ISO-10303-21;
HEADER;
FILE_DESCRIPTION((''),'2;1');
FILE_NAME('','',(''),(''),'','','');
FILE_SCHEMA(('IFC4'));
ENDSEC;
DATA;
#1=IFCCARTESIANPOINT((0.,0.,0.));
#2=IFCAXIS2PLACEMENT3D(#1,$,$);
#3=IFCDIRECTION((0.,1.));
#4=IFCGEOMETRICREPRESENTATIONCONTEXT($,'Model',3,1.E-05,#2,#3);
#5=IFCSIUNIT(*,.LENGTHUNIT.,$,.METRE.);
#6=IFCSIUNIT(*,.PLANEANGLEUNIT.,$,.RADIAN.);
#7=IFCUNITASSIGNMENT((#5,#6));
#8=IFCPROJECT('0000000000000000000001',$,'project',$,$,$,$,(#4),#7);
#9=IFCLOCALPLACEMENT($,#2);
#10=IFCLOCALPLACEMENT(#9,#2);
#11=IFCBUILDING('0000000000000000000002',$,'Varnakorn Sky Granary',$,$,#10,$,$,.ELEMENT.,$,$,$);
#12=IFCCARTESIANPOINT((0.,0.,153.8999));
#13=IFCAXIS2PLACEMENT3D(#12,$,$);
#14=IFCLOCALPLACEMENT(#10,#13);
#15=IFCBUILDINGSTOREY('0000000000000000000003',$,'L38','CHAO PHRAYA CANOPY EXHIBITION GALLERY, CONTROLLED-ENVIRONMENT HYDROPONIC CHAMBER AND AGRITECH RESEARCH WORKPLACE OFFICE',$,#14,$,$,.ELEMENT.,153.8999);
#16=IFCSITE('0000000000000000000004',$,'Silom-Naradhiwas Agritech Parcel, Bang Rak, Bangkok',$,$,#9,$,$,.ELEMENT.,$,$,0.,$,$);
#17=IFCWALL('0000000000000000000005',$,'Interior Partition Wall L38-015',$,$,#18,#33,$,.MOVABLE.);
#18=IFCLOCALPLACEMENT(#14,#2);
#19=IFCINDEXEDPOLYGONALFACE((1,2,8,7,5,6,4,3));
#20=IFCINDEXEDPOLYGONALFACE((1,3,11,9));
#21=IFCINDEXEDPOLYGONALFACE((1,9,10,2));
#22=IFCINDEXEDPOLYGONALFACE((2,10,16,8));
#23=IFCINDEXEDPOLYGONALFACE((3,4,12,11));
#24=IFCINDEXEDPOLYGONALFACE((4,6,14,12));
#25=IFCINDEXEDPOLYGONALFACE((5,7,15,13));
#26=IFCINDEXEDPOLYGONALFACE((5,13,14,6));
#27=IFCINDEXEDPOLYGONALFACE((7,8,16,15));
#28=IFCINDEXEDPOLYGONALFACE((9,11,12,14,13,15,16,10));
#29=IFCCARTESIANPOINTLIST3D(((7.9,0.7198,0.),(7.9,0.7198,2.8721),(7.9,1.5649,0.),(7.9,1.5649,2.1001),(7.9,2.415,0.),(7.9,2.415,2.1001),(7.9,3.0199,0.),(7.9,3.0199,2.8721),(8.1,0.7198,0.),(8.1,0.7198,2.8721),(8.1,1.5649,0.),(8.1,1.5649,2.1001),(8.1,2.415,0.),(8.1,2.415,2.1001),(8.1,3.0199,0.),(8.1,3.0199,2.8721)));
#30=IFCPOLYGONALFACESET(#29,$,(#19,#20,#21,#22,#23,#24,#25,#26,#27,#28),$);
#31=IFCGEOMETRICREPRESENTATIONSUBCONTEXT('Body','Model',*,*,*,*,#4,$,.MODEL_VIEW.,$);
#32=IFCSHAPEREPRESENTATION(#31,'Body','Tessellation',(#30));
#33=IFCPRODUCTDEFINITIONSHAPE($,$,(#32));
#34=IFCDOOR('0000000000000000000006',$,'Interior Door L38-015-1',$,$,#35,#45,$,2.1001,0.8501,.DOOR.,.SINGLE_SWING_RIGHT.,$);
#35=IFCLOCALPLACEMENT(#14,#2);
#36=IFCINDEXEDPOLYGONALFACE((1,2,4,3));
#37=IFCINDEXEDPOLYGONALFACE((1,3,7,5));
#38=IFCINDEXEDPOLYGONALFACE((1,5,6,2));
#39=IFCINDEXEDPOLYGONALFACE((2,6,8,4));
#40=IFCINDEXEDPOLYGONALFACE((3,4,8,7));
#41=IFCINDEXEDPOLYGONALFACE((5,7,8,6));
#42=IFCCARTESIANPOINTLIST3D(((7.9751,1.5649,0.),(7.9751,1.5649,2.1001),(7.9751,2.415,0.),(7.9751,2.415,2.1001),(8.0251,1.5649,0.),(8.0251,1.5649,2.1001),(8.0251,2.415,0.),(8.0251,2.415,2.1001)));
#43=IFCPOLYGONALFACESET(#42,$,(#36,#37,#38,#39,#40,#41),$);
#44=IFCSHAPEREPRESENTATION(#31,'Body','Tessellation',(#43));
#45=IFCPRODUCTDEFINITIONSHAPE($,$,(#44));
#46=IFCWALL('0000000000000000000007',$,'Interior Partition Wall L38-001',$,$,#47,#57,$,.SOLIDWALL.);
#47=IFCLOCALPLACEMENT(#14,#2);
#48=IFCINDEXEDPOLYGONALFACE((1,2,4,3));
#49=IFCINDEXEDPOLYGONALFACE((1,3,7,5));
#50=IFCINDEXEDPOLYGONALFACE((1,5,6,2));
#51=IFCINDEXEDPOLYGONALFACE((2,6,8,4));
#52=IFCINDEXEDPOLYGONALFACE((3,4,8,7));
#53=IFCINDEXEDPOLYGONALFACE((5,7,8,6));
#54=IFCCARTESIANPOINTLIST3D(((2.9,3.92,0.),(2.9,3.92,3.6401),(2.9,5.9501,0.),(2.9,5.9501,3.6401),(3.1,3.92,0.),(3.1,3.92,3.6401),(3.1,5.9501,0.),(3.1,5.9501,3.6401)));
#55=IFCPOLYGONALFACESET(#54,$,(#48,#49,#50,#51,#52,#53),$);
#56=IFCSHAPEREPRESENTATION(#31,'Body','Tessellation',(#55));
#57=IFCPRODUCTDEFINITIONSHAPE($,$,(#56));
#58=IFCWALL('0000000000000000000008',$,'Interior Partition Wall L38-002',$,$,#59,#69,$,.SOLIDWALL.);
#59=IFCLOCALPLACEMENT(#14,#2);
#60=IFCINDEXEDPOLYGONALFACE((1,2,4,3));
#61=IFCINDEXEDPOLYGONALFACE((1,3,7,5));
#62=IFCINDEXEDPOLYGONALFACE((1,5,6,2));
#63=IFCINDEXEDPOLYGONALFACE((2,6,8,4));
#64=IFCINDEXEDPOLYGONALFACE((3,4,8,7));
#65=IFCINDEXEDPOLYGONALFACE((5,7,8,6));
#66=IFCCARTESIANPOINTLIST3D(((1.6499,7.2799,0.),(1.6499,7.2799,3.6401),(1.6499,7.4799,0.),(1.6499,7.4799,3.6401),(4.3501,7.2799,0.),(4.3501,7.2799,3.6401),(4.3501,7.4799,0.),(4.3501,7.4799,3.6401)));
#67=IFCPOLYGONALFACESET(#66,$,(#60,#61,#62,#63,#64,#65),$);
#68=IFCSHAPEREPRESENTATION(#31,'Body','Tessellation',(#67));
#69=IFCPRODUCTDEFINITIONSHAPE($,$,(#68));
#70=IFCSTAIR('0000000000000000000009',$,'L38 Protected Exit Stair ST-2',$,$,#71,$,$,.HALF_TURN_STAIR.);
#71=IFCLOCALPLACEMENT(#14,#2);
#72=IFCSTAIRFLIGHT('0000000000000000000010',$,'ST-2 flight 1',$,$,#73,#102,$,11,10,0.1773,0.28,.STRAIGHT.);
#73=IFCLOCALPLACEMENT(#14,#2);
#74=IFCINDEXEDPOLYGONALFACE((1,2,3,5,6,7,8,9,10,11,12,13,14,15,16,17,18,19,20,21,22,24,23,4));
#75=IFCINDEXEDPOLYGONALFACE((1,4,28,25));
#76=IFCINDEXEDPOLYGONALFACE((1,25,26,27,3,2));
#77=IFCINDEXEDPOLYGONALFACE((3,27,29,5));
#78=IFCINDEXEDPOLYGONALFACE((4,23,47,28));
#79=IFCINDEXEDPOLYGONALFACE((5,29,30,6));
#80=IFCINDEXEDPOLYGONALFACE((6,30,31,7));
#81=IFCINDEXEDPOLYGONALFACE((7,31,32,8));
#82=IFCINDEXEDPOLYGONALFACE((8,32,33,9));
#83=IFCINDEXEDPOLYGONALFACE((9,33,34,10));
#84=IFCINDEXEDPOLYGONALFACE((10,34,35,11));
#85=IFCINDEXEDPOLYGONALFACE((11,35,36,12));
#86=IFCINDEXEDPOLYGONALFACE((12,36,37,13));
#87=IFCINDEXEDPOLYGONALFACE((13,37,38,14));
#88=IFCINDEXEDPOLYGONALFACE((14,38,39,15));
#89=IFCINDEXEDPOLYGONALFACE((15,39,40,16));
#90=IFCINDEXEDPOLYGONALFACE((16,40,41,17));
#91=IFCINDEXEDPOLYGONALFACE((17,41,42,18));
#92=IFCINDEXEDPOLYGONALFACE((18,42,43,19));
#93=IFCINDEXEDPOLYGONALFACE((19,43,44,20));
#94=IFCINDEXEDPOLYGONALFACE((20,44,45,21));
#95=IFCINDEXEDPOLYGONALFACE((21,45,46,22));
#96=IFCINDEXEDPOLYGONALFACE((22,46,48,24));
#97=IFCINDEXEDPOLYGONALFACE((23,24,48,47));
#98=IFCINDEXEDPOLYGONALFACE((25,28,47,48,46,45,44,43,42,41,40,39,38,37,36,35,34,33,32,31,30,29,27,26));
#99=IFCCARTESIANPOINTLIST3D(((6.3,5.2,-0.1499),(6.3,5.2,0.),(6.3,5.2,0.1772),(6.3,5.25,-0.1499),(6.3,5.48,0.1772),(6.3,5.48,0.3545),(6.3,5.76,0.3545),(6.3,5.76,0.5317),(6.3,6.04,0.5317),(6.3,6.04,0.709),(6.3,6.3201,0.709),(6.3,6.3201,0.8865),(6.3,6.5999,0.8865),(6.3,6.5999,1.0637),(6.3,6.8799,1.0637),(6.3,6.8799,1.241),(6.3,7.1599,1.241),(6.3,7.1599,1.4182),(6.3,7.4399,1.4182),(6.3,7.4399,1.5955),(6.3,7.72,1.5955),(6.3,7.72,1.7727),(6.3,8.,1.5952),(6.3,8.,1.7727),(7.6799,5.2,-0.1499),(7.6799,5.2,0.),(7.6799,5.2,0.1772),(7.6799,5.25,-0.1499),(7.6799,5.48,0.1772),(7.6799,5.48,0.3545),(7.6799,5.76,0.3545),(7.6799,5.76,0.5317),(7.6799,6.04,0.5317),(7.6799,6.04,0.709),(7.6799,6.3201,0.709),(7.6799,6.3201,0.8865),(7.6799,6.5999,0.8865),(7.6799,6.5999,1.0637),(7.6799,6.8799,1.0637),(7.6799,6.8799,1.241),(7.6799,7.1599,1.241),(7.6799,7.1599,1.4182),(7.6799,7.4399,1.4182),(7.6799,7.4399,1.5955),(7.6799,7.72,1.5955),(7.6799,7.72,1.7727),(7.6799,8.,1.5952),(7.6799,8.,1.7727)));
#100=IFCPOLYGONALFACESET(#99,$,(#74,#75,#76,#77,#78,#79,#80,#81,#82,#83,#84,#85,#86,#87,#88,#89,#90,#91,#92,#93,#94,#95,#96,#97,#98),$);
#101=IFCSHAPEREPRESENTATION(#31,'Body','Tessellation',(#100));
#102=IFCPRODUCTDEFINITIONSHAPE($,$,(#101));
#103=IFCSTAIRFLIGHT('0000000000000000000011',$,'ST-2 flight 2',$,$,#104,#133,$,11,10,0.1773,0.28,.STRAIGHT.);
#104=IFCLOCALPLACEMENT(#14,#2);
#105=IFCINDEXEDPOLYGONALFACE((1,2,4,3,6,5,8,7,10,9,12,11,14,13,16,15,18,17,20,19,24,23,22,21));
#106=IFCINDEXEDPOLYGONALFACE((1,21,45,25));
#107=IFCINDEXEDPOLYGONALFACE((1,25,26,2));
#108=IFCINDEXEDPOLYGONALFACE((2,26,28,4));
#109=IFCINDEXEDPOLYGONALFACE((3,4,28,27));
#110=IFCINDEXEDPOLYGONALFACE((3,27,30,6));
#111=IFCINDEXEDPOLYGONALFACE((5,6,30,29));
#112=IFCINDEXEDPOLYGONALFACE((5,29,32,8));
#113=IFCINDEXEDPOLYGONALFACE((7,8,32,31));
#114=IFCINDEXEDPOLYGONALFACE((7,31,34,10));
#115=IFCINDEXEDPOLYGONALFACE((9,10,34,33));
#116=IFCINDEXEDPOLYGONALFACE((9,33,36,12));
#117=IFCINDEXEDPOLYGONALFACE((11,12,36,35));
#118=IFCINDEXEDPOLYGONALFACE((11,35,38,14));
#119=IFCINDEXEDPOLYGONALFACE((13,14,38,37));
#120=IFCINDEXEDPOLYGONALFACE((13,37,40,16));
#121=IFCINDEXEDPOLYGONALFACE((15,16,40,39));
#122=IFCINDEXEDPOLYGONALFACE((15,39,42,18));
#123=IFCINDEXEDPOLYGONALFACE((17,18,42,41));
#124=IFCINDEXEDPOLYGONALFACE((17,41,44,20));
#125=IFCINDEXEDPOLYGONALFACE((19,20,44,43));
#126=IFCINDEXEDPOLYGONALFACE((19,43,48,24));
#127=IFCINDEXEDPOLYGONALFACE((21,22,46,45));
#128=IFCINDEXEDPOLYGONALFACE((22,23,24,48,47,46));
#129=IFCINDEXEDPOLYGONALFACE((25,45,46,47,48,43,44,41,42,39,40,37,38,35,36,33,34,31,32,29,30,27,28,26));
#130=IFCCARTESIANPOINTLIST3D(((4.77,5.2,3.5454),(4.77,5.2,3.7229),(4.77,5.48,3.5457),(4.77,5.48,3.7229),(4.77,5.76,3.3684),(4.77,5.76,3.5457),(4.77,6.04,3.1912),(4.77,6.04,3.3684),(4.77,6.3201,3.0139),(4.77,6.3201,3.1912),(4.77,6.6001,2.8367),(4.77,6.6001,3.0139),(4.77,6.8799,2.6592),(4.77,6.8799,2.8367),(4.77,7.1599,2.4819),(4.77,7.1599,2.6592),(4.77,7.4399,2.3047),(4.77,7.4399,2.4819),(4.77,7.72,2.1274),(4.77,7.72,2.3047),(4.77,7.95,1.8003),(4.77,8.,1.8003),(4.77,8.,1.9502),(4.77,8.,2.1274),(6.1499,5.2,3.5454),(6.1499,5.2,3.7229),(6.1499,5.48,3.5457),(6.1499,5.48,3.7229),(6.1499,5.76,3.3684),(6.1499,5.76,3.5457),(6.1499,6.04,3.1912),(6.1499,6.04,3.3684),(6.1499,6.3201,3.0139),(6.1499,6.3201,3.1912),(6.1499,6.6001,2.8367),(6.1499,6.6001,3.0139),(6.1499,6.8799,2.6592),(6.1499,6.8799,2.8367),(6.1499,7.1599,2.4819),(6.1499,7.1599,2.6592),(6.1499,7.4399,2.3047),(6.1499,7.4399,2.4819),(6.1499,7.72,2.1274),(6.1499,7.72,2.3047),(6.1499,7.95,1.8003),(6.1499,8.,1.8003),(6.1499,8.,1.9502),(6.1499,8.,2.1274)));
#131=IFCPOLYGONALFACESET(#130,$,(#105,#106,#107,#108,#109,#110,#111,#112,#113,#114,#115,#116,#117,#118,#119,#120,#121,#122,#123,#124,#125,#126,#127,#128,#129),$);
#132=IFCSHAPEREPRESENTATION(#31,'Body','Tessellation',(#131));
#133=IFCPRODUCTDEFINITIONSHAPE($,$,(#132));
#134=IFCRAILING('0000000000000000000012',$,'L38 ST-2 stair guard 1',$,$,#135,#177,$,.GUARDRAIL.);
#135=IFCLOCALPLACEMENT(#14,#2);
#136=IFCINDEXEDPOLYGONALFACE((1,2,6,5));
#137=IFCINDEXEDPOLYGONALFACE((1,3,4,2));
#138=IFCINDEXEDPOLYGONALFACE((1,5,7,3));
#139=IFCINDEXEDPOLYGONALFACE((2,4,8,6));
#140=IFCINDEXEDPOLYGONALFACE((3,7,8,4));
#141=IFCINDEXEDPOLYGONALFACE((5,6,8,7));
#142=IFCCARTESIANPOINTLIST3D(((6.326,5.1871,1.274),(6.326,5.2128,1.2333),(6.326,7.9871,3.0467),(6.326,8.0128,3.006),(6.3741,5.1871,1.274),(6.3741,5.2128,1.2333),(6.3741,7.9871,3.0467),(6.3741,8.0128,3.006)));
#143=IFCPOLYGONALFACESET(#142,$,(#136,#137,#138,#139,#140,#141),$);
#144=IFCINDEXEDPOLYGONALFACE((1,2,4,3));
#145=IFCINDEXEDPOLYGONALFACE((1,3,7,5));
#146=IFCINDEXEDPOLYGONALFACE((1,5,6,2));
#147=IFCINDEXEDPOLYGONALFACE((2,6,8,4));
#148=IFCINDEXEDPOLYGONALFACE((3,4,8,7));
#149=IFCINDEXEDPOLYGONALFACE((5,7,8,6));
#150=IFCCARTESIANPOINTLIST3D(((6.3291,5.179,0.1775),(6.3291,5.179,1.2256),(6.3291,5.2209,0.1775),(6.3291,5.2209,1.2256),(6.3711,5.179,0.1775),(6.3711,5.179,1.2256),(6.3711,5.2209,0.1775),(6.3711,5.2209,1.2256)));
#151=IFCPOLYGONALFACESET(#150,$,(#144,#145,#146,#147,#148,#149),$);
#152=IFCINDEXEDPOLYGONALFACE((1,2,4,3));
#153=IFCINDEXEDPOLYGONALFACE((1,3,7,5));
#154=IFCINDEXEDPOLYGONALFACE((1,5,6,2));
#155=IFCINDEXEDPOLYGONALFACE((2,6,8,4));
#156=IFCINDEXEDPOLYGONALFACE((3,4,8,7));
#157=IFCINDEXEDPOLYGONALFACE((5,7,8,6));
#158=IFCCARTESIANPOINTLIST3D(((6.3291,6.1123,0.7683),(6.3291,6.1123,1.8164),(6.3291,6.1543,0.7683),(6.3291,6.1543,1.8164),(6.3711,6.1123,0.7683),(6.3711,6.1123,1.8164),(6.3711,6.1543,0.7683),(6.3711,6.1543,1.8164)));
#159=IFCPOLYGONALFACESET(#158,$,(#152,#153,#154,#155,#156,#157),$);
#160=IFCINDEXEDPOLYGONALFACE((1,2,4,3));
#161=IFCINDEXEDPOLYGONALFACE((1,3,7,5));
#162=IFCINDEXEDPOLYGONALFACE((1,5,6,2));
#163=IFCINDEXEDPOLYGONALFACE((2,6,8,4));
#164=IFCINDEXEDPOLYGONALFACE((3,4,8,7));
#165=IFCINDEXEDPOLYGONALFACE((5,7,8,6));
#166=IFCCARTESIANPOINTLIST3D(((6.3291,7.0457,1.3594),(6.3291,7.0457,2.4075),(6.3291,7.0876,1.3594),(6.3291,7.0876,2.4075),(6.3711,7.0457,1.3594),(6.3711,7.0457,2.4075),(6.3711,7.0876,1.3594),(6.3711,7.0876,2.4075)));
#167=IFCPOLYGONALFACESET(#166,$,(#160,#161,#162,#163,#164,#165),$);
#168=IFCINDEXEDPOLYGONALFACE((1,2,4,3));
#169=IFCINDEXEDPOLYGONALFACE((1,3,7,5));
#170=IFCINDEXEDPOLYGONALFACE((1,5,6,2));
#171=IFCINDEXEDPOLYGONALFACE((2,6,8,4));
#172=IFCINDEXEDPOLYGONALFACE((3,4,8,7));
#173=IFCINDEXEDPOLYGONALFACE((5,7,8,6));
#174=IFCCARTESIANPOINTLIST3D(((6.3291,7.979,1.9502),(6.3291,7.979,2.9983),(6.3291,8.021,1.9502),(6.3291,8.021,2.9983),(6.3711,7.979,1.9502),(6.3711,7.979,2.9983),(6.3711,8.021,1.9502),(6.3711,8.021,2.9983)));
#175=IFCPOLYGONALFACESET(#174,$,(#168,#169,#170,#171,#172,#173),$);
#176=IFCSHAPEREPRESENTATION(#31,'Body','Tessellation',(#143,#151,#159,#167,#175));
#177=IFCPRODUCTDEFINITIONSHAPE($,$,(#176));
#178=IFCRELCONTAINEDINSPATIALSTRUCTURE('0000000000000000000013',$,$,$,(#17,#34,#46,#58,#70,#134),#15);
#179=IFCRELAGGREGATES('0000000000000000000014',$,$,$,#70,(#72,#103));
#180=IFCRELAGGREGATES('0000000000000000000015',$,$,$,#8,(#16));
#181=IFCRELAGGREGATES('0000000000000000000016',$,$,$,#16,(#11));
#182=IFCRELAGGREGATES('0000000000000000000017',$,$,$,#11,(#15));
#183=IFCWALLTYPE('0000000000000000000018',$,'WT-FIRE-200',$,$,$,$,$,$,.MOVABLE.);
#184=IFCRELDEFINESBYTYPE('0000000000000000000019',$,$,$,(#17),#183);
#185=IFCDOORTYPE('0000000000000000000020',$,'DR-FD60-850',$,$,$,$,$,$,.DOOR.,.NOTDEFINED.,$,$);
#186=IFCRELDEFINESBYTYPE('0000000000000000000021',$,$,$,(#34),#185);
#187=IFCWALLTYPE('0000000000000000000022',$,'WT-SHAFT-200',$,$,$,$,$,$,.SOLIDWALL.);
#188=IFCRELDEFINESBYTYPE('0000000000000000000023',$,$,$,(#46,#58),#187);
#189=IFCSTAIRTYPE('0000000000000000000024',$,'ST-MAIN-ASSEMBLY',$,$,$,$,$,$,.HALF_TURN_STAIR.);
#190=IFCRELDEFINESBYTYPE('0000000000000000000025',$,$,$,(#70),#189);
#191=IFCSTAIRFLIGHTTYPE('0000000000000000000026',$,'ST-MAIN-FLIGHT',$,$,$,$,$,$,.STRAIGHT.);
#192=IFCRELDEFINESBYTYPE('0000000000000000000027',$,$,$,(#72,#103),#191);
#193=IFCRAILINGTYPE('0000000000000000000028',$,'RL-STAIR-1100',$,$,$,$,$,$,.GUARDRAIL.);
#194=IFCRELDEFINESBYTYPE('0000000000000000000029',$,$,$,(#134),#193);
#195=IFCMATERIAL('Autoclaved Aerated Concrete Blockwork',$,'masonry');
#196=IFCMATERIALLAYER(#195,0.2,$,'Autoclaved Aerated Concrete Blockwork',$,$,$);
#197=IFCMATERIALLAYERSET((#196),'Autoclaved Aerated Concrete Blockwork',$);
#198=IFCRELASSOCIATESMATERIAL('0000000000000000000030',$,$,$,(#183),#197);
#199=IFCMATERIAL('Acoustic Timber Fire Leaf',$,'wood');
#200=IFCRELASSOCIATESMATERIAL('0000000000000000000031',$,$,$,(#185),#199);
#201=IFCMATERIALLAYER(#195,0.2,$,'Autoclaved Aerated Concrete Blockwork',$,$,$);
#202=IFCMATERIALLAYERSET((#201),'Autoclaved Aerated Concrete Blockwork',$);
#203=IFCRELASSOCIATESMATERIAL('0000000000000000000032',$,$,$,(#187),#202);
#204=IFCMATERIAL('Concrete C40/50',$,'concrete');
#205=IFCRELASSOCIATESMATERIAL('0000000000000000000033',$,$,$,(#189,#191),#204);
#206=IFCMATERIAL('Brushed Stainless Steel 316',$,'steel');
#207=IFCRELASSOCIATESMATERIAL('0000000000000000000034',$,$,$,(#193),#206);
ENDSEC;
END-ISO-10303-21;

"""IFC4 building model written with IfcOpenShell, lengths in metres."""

from ifc_helpers import new_model, si_unit, direction, frame, frame_2d, origin, origin_2d, place, context, subcontext, project, spatial, polyline, rectangle, outline, extrude, material, layer, layer_set, type_object, element, fill, aggregate, save


model = new_model("IFC4")

# Units and contexts
model_context = context("Model", 3, precision=1e-05, world=origin(), true_north=direction((0.0, 1.0)))
body_context = subcontext(model_context, "Body", "Model", "MODEL_VIEW")
ifc_project = project(units=[si_unit("LENGTHUNIT", "METRE"), si_unit("PLANEANGLEUNIT", "RADIAN")], contexts=[model_context])

# Site, building, storey
site_placement = place(None, origin())
site = spatial("IfcSite", under=ifc_project, at=site_placement, Name="Silom-Naradhiwas Agritech Parcel, Bang Rak, Bangkok", CompositionType="ELEMENT", RefElevation=0.0)
building_placement = place(site_placement, origin())
building = spatial("IfcBuilding", under=site, at=building_placement, Name="Varnakorn Sky Granary", CompositionType="ELEMENT")
storey_placement = place(building_placement, frame((0.0, 0.0, 153.8999)))
storey = spatial("IfcBuildingStorey", under=building, at=storey_placement, Name="L38", Description="CHAO PHRAYA CANOPY EXHIBITION GALLERY, CONTROLLED-ENVIRONMENT HYDROPONIC CHAMBER AND AGRITECH RESEARCH WORKPLACE OFFICE", CompositionType="ELEMENT", Elevation=153.8999)

# Wall, opening, door
ifc_material_1 = material(Name="Autoclaved Aerated Concrete Blockwork", Category="masonry")
ifc_layer_1 = layer(ifc_material_1, 0.2, Name="Autoclaved Aerated Concrete Blockwork")
ifc_layer_set_1 = layer_set([ifc_layer_1], Name="Autoclaved Aerated Concrete Blockwork")
wall_type_1 = type_object("IfcWallType", Name="WT-FIRE-200", PredefinedType="MOVABLE", material=ifc_layer_set_1)
ifc_material_2 = material(Name="Acoustic Timber Fire Leaf", Category="wood")
wall_1_placement = place(storey_placement, frame((8.0, 0.72, 0.0), z_axis=(0.0, 0.0, 1.0), x_axis=(0.0, 1.0, 0.0)))
wall_1 = element("IfcWall", 1, at=wall_1_placement, inside=storey, type_object=wall_type_1, Name="Interior Partition Wall L38-015", PredefinedType="MOVABLE", context=body_context, shape_type="SweptSolid", body=[
    extrude(rectangle(XDim=2.3, YDim=0.2, at=frame_2d((1.1499, 0.0))), origin(), (0.0, 0.0, 1.0), 2.8721),
])
opening_1_placement = place(wall_1_placement, frame((0.845, 0.0, 0.0)))
opening_1 = element("IfcOpeningElement", 2, at=opening_1_placement, cuts=wall_1, PredefinedType="OPENING", context=body_context, shape_type="SweptSolid", body=[
    extrude(rectangle(XDim=0.8501, YDim=2.1001, at=frame_2d((0.425, 1.05))), frame((0.0, 0.1099, 0.0), z_axis=(0.0, -1.0, 0.0), x_axis=(1.0, 0.0, 0.0)), (0.0, 0.0, 1.0), 0.22),
])
door_type_1 = type_object("IfcDoorType", Name="DR-FD60-850", OperationType="NOTDEFINED", PredefinedType="DOOR", material=ifc_material_2)
door_1_placement = place(opening_1_placement, origin())
door_1 = element("IfcDoor", 3, at=door_1_placement, inside=storey, type_object=door_type_1, Name="Interior Door L38-015-1", OperationType="SINGLE_SWING_RIGHT", OverallHeight=2.1001, OverallWidth=0.8501, PredefinedType="DOOR", context=body_context, shape_type="SweptSolid", body=[
    extrude(rectangle(XDim=0.8501, YDim=2.1001, at=frame_2d((0.425, 1.05))), frame((0.0, 0.0249, 0.0), z_axis=(0.0, -1.0, 0.0), x_axis=(1.0, 0.0, 0.0)), (0.0, 0.0, 1.0), 0.05),
])
fill(opening_1, door_1)

# Walls
ifc_layer_2 = layer(ifc_material_1, 0.2, Name="Autoclaved Aerated Concrete Blockwork")
ifc_layer_set_2 = layer_set([ifc_layer_2], Name="Autoclaved Aerated Concrete Blockwork")
wall_type_2 = type_object("IfcWallType", Name="WT-SHAFT-200", PredefinedType="SOLIDWALL", material=ifc_layer_set_2)
wall_2_placement = place(storey_placement, frame((3.0, 3.9199, 0.0), z_axis=(0.0, 0.0, 1.0), x_axis=(0.0, 1.0, 0.0)))
element("IfcWall", 4, at=wall_2_placement, inside=storey, type_object=wall_type_2, Name="Interior Partition Wall L38-001", PredefinedType="SOLIDWALL", context=body_context, shape_type="SweptSolid", body=[
    extrude(rectangle(XDim=2.03, YDim=0.2, at=frame_2d((1.0151, 0.0))), origin(), (0.0, 0.0, 1.0), 3.6401),
])
wall_3_placement = place(storey_placement, frame((1.6499, 7.3799, 0.0), z_axis=(0.0, 0.0, 1.0), x_axis=(1.0, 0.0, 0.0)))
element("IfcWall", 5, at=wall_3_placement, inside=storey, type_object=wall_type_2, Name="Interior Partition Wall L38-002", PredefinedType="SOLIDWALL", context=body_context, shape_type="SweptSolid", body=[
    extrude(rectangle(XDim=2.7002, YDim=0.2, at=frame_2d((1.3501, 0.0))), origin(), (0.0, 0.0, 1.0), 3.6401),
])

# Stair, stair flights
ifc_material_3 = material(Name="Concrete C40/50", Category="concrete")
stair_type = type_object("IfcStairType", Name="ST-MAIN-ASSEMBLY", PredefinedType="HALF_TURN_STAIR", material=ifc_material_3)
stair_placement = place(storey_placement, origin())
stair = element("IfcStair", 6, at=stair_placement, inside=storey, type_object=stair_type, Name="L38 Protected Exit Stair ST-2", PredefinedType="HALF_TURN_STAIR")
stair_flight_type = type_object("IfcStairFlightType", Name="ST-MAIN-FLIGHT", PredefinedType="STRAIGHT", material=ifc_material_3)
stair_flight_1_placement = place(storey_placement, frame((6.99, 5.2, 0.0), z_axis=(0.0, 0.0, 1.0), x_axis=(0.0, 1.0, 0.0)))
stair_flight_1 = element("IfcStairFlight", 7, at=stair_flight_1_placement, type_object=stair_flight_type, Name="ST-2 flight 1", NumberOfRisers=11, NumberOfTreads=10, PredefinedType="STRAIGHT", RiserHeight=0.1773, TreadLength=0.28, context=body_context, shape_type="SweptSolid", body=[
    extrude(outline(polyline([(0.0, -0.1499), (0.0, 0.0), (0.0, 0.1772), (0.28, 0.1772), (0.28, 0.3545), (0.5601, 0.3545), (0.5601, 0.5317), (0.8401, 0.5317), (0.8401, 0.709), (1.1201, 0.709), (1.1201, 0.8865), (1.3999, 0.8865), (1.3999, 1.0637), (1.6799, 1.0637), (1.6799, 1.241), (1.96, 1.241), (1.96, 1.4182), (2.24, 1.4182), (2.24, 1.5955), (2.52, 1.5955), (2.52, 1.7727), (2.8, 1.7727), (2.8, 1.95), (2.8, 1.5952), (0.05, -0.1499), (0.0, -0.1499)])), frame((0.0, 0.6899, 0.0), z_axis=(0.0, -1.0, 0.0), x_axis=(1.0, 0.0, 0.0)), (0.0, 0.0, 1.0), 1.3799),
])
stair_flight_2_placement = place(storey_placement, frame((5.46, 8.0, 1.9502), z_axis=(0.0, 0.0, 1.0), x_axis=(0.0, -1.0, 0.0)))
stair_flight_2 = element("IfcStairFlight", 8, at=stair_flight_2_placement, type_object=stair_flight_type, Name="ST-2 flight 2", NumberOfRisers=11, NumberOfTreads=10, PredefinedType="STRAIGHT", RiserHeight=0.1773, TreadLength=0.28, context=body_context, shape_type="SweptSolid", body=[
    extrude(outline(polyline([(0.0, -0.1499), (0.0, 0.0), (0.0, 0.1772), (0.28, 0.1772), (0.28, 0.3545), (0.5601, 0.3545), (0.5601, 0.5317), (0.8401, 0.5317), (0.8401, 0.709), (1.1201, 0.709), (1.1201, 0.8865), (1.3999, 0.8865), (1.3999, 1.0637), (1.6799, 1.0637), (1.6799, 1.241), (1.96, 1.241), (1.96, 1.4182), (2.24, 1.4182), (2.24, 1.5955), (2.52, 1.5955), (2.52, 1.7727), (2.8, 1.7727), (2.8, 1.95), (2.8, 1.5952), (0.05, -0.1499), (0.0, -0.1499)])), frame((0.0, 0.6899, 0.0), z_axis=(0.0, -1.0, 0.0), x_axis=(1.0, 0.0, 0.0)), (0.0, 0.0, 1.0), 1.3799),
])
aggregate(stair, [stair_flight_1, stair_flight_2])

# Railing
ifc_material_4 = material(Name="Brushed Stainless Steel 316", Category="steel")
railing_type_1 = type_object("IfcRailingType", Name="RL-STAIR-1100", PredefinedType="GUARDRAIL", material=ifc_material_4)
railing_1_placement = place(storey_placement, frame((6.3501, 5.2, 0.1775)))
element("IfcRailing", 9, at=railing_1_placement, inside=storey, type_object=railing_type_1, Name="L38 ST-2 stair guard 1", PredefinedType="GUARDRAIL", context=body_context, shape_type="SweptSolid", body=[
    extrude(rectangle(XDim=0.0481, YDim=0.0481, at=origin_2d()), frame((0.0, 0.0, 1.0762), z_axis=(0.0, 0.844909, 0.53491), x_axis=(-1.0, 0.0, 0.0)), (0.0, 0.0, 1.0), 3.314),
    extrude(rectangle(XDim=0.042, YDim=0.042, at=origin_2d()), origin(), (0.0, 0.0, 1.0), 1.0481),
    extrude(rectangle(XDim=0.042, YDim=0.042, at=origin_2d()), frame((0.0, 0.9333, 0.5908)), (0.0, 0.0, 1.0), 1.0481),
    extrude(rectangle(XDim=0.042, YDim=0.042, at=origin_2d()), frame((0.0, 1.8667, 1.1819)), (0.0, 0.0, 1.0), 1.0481),
    extrude(rectangle(XDim=0.042, YDim=0.042, at=origin_2d()), frame((0.0, 2.8, 1.7727)), (0.0, 0.0, 1.0), 1.0481),
])

save(model, "model.ifc")
